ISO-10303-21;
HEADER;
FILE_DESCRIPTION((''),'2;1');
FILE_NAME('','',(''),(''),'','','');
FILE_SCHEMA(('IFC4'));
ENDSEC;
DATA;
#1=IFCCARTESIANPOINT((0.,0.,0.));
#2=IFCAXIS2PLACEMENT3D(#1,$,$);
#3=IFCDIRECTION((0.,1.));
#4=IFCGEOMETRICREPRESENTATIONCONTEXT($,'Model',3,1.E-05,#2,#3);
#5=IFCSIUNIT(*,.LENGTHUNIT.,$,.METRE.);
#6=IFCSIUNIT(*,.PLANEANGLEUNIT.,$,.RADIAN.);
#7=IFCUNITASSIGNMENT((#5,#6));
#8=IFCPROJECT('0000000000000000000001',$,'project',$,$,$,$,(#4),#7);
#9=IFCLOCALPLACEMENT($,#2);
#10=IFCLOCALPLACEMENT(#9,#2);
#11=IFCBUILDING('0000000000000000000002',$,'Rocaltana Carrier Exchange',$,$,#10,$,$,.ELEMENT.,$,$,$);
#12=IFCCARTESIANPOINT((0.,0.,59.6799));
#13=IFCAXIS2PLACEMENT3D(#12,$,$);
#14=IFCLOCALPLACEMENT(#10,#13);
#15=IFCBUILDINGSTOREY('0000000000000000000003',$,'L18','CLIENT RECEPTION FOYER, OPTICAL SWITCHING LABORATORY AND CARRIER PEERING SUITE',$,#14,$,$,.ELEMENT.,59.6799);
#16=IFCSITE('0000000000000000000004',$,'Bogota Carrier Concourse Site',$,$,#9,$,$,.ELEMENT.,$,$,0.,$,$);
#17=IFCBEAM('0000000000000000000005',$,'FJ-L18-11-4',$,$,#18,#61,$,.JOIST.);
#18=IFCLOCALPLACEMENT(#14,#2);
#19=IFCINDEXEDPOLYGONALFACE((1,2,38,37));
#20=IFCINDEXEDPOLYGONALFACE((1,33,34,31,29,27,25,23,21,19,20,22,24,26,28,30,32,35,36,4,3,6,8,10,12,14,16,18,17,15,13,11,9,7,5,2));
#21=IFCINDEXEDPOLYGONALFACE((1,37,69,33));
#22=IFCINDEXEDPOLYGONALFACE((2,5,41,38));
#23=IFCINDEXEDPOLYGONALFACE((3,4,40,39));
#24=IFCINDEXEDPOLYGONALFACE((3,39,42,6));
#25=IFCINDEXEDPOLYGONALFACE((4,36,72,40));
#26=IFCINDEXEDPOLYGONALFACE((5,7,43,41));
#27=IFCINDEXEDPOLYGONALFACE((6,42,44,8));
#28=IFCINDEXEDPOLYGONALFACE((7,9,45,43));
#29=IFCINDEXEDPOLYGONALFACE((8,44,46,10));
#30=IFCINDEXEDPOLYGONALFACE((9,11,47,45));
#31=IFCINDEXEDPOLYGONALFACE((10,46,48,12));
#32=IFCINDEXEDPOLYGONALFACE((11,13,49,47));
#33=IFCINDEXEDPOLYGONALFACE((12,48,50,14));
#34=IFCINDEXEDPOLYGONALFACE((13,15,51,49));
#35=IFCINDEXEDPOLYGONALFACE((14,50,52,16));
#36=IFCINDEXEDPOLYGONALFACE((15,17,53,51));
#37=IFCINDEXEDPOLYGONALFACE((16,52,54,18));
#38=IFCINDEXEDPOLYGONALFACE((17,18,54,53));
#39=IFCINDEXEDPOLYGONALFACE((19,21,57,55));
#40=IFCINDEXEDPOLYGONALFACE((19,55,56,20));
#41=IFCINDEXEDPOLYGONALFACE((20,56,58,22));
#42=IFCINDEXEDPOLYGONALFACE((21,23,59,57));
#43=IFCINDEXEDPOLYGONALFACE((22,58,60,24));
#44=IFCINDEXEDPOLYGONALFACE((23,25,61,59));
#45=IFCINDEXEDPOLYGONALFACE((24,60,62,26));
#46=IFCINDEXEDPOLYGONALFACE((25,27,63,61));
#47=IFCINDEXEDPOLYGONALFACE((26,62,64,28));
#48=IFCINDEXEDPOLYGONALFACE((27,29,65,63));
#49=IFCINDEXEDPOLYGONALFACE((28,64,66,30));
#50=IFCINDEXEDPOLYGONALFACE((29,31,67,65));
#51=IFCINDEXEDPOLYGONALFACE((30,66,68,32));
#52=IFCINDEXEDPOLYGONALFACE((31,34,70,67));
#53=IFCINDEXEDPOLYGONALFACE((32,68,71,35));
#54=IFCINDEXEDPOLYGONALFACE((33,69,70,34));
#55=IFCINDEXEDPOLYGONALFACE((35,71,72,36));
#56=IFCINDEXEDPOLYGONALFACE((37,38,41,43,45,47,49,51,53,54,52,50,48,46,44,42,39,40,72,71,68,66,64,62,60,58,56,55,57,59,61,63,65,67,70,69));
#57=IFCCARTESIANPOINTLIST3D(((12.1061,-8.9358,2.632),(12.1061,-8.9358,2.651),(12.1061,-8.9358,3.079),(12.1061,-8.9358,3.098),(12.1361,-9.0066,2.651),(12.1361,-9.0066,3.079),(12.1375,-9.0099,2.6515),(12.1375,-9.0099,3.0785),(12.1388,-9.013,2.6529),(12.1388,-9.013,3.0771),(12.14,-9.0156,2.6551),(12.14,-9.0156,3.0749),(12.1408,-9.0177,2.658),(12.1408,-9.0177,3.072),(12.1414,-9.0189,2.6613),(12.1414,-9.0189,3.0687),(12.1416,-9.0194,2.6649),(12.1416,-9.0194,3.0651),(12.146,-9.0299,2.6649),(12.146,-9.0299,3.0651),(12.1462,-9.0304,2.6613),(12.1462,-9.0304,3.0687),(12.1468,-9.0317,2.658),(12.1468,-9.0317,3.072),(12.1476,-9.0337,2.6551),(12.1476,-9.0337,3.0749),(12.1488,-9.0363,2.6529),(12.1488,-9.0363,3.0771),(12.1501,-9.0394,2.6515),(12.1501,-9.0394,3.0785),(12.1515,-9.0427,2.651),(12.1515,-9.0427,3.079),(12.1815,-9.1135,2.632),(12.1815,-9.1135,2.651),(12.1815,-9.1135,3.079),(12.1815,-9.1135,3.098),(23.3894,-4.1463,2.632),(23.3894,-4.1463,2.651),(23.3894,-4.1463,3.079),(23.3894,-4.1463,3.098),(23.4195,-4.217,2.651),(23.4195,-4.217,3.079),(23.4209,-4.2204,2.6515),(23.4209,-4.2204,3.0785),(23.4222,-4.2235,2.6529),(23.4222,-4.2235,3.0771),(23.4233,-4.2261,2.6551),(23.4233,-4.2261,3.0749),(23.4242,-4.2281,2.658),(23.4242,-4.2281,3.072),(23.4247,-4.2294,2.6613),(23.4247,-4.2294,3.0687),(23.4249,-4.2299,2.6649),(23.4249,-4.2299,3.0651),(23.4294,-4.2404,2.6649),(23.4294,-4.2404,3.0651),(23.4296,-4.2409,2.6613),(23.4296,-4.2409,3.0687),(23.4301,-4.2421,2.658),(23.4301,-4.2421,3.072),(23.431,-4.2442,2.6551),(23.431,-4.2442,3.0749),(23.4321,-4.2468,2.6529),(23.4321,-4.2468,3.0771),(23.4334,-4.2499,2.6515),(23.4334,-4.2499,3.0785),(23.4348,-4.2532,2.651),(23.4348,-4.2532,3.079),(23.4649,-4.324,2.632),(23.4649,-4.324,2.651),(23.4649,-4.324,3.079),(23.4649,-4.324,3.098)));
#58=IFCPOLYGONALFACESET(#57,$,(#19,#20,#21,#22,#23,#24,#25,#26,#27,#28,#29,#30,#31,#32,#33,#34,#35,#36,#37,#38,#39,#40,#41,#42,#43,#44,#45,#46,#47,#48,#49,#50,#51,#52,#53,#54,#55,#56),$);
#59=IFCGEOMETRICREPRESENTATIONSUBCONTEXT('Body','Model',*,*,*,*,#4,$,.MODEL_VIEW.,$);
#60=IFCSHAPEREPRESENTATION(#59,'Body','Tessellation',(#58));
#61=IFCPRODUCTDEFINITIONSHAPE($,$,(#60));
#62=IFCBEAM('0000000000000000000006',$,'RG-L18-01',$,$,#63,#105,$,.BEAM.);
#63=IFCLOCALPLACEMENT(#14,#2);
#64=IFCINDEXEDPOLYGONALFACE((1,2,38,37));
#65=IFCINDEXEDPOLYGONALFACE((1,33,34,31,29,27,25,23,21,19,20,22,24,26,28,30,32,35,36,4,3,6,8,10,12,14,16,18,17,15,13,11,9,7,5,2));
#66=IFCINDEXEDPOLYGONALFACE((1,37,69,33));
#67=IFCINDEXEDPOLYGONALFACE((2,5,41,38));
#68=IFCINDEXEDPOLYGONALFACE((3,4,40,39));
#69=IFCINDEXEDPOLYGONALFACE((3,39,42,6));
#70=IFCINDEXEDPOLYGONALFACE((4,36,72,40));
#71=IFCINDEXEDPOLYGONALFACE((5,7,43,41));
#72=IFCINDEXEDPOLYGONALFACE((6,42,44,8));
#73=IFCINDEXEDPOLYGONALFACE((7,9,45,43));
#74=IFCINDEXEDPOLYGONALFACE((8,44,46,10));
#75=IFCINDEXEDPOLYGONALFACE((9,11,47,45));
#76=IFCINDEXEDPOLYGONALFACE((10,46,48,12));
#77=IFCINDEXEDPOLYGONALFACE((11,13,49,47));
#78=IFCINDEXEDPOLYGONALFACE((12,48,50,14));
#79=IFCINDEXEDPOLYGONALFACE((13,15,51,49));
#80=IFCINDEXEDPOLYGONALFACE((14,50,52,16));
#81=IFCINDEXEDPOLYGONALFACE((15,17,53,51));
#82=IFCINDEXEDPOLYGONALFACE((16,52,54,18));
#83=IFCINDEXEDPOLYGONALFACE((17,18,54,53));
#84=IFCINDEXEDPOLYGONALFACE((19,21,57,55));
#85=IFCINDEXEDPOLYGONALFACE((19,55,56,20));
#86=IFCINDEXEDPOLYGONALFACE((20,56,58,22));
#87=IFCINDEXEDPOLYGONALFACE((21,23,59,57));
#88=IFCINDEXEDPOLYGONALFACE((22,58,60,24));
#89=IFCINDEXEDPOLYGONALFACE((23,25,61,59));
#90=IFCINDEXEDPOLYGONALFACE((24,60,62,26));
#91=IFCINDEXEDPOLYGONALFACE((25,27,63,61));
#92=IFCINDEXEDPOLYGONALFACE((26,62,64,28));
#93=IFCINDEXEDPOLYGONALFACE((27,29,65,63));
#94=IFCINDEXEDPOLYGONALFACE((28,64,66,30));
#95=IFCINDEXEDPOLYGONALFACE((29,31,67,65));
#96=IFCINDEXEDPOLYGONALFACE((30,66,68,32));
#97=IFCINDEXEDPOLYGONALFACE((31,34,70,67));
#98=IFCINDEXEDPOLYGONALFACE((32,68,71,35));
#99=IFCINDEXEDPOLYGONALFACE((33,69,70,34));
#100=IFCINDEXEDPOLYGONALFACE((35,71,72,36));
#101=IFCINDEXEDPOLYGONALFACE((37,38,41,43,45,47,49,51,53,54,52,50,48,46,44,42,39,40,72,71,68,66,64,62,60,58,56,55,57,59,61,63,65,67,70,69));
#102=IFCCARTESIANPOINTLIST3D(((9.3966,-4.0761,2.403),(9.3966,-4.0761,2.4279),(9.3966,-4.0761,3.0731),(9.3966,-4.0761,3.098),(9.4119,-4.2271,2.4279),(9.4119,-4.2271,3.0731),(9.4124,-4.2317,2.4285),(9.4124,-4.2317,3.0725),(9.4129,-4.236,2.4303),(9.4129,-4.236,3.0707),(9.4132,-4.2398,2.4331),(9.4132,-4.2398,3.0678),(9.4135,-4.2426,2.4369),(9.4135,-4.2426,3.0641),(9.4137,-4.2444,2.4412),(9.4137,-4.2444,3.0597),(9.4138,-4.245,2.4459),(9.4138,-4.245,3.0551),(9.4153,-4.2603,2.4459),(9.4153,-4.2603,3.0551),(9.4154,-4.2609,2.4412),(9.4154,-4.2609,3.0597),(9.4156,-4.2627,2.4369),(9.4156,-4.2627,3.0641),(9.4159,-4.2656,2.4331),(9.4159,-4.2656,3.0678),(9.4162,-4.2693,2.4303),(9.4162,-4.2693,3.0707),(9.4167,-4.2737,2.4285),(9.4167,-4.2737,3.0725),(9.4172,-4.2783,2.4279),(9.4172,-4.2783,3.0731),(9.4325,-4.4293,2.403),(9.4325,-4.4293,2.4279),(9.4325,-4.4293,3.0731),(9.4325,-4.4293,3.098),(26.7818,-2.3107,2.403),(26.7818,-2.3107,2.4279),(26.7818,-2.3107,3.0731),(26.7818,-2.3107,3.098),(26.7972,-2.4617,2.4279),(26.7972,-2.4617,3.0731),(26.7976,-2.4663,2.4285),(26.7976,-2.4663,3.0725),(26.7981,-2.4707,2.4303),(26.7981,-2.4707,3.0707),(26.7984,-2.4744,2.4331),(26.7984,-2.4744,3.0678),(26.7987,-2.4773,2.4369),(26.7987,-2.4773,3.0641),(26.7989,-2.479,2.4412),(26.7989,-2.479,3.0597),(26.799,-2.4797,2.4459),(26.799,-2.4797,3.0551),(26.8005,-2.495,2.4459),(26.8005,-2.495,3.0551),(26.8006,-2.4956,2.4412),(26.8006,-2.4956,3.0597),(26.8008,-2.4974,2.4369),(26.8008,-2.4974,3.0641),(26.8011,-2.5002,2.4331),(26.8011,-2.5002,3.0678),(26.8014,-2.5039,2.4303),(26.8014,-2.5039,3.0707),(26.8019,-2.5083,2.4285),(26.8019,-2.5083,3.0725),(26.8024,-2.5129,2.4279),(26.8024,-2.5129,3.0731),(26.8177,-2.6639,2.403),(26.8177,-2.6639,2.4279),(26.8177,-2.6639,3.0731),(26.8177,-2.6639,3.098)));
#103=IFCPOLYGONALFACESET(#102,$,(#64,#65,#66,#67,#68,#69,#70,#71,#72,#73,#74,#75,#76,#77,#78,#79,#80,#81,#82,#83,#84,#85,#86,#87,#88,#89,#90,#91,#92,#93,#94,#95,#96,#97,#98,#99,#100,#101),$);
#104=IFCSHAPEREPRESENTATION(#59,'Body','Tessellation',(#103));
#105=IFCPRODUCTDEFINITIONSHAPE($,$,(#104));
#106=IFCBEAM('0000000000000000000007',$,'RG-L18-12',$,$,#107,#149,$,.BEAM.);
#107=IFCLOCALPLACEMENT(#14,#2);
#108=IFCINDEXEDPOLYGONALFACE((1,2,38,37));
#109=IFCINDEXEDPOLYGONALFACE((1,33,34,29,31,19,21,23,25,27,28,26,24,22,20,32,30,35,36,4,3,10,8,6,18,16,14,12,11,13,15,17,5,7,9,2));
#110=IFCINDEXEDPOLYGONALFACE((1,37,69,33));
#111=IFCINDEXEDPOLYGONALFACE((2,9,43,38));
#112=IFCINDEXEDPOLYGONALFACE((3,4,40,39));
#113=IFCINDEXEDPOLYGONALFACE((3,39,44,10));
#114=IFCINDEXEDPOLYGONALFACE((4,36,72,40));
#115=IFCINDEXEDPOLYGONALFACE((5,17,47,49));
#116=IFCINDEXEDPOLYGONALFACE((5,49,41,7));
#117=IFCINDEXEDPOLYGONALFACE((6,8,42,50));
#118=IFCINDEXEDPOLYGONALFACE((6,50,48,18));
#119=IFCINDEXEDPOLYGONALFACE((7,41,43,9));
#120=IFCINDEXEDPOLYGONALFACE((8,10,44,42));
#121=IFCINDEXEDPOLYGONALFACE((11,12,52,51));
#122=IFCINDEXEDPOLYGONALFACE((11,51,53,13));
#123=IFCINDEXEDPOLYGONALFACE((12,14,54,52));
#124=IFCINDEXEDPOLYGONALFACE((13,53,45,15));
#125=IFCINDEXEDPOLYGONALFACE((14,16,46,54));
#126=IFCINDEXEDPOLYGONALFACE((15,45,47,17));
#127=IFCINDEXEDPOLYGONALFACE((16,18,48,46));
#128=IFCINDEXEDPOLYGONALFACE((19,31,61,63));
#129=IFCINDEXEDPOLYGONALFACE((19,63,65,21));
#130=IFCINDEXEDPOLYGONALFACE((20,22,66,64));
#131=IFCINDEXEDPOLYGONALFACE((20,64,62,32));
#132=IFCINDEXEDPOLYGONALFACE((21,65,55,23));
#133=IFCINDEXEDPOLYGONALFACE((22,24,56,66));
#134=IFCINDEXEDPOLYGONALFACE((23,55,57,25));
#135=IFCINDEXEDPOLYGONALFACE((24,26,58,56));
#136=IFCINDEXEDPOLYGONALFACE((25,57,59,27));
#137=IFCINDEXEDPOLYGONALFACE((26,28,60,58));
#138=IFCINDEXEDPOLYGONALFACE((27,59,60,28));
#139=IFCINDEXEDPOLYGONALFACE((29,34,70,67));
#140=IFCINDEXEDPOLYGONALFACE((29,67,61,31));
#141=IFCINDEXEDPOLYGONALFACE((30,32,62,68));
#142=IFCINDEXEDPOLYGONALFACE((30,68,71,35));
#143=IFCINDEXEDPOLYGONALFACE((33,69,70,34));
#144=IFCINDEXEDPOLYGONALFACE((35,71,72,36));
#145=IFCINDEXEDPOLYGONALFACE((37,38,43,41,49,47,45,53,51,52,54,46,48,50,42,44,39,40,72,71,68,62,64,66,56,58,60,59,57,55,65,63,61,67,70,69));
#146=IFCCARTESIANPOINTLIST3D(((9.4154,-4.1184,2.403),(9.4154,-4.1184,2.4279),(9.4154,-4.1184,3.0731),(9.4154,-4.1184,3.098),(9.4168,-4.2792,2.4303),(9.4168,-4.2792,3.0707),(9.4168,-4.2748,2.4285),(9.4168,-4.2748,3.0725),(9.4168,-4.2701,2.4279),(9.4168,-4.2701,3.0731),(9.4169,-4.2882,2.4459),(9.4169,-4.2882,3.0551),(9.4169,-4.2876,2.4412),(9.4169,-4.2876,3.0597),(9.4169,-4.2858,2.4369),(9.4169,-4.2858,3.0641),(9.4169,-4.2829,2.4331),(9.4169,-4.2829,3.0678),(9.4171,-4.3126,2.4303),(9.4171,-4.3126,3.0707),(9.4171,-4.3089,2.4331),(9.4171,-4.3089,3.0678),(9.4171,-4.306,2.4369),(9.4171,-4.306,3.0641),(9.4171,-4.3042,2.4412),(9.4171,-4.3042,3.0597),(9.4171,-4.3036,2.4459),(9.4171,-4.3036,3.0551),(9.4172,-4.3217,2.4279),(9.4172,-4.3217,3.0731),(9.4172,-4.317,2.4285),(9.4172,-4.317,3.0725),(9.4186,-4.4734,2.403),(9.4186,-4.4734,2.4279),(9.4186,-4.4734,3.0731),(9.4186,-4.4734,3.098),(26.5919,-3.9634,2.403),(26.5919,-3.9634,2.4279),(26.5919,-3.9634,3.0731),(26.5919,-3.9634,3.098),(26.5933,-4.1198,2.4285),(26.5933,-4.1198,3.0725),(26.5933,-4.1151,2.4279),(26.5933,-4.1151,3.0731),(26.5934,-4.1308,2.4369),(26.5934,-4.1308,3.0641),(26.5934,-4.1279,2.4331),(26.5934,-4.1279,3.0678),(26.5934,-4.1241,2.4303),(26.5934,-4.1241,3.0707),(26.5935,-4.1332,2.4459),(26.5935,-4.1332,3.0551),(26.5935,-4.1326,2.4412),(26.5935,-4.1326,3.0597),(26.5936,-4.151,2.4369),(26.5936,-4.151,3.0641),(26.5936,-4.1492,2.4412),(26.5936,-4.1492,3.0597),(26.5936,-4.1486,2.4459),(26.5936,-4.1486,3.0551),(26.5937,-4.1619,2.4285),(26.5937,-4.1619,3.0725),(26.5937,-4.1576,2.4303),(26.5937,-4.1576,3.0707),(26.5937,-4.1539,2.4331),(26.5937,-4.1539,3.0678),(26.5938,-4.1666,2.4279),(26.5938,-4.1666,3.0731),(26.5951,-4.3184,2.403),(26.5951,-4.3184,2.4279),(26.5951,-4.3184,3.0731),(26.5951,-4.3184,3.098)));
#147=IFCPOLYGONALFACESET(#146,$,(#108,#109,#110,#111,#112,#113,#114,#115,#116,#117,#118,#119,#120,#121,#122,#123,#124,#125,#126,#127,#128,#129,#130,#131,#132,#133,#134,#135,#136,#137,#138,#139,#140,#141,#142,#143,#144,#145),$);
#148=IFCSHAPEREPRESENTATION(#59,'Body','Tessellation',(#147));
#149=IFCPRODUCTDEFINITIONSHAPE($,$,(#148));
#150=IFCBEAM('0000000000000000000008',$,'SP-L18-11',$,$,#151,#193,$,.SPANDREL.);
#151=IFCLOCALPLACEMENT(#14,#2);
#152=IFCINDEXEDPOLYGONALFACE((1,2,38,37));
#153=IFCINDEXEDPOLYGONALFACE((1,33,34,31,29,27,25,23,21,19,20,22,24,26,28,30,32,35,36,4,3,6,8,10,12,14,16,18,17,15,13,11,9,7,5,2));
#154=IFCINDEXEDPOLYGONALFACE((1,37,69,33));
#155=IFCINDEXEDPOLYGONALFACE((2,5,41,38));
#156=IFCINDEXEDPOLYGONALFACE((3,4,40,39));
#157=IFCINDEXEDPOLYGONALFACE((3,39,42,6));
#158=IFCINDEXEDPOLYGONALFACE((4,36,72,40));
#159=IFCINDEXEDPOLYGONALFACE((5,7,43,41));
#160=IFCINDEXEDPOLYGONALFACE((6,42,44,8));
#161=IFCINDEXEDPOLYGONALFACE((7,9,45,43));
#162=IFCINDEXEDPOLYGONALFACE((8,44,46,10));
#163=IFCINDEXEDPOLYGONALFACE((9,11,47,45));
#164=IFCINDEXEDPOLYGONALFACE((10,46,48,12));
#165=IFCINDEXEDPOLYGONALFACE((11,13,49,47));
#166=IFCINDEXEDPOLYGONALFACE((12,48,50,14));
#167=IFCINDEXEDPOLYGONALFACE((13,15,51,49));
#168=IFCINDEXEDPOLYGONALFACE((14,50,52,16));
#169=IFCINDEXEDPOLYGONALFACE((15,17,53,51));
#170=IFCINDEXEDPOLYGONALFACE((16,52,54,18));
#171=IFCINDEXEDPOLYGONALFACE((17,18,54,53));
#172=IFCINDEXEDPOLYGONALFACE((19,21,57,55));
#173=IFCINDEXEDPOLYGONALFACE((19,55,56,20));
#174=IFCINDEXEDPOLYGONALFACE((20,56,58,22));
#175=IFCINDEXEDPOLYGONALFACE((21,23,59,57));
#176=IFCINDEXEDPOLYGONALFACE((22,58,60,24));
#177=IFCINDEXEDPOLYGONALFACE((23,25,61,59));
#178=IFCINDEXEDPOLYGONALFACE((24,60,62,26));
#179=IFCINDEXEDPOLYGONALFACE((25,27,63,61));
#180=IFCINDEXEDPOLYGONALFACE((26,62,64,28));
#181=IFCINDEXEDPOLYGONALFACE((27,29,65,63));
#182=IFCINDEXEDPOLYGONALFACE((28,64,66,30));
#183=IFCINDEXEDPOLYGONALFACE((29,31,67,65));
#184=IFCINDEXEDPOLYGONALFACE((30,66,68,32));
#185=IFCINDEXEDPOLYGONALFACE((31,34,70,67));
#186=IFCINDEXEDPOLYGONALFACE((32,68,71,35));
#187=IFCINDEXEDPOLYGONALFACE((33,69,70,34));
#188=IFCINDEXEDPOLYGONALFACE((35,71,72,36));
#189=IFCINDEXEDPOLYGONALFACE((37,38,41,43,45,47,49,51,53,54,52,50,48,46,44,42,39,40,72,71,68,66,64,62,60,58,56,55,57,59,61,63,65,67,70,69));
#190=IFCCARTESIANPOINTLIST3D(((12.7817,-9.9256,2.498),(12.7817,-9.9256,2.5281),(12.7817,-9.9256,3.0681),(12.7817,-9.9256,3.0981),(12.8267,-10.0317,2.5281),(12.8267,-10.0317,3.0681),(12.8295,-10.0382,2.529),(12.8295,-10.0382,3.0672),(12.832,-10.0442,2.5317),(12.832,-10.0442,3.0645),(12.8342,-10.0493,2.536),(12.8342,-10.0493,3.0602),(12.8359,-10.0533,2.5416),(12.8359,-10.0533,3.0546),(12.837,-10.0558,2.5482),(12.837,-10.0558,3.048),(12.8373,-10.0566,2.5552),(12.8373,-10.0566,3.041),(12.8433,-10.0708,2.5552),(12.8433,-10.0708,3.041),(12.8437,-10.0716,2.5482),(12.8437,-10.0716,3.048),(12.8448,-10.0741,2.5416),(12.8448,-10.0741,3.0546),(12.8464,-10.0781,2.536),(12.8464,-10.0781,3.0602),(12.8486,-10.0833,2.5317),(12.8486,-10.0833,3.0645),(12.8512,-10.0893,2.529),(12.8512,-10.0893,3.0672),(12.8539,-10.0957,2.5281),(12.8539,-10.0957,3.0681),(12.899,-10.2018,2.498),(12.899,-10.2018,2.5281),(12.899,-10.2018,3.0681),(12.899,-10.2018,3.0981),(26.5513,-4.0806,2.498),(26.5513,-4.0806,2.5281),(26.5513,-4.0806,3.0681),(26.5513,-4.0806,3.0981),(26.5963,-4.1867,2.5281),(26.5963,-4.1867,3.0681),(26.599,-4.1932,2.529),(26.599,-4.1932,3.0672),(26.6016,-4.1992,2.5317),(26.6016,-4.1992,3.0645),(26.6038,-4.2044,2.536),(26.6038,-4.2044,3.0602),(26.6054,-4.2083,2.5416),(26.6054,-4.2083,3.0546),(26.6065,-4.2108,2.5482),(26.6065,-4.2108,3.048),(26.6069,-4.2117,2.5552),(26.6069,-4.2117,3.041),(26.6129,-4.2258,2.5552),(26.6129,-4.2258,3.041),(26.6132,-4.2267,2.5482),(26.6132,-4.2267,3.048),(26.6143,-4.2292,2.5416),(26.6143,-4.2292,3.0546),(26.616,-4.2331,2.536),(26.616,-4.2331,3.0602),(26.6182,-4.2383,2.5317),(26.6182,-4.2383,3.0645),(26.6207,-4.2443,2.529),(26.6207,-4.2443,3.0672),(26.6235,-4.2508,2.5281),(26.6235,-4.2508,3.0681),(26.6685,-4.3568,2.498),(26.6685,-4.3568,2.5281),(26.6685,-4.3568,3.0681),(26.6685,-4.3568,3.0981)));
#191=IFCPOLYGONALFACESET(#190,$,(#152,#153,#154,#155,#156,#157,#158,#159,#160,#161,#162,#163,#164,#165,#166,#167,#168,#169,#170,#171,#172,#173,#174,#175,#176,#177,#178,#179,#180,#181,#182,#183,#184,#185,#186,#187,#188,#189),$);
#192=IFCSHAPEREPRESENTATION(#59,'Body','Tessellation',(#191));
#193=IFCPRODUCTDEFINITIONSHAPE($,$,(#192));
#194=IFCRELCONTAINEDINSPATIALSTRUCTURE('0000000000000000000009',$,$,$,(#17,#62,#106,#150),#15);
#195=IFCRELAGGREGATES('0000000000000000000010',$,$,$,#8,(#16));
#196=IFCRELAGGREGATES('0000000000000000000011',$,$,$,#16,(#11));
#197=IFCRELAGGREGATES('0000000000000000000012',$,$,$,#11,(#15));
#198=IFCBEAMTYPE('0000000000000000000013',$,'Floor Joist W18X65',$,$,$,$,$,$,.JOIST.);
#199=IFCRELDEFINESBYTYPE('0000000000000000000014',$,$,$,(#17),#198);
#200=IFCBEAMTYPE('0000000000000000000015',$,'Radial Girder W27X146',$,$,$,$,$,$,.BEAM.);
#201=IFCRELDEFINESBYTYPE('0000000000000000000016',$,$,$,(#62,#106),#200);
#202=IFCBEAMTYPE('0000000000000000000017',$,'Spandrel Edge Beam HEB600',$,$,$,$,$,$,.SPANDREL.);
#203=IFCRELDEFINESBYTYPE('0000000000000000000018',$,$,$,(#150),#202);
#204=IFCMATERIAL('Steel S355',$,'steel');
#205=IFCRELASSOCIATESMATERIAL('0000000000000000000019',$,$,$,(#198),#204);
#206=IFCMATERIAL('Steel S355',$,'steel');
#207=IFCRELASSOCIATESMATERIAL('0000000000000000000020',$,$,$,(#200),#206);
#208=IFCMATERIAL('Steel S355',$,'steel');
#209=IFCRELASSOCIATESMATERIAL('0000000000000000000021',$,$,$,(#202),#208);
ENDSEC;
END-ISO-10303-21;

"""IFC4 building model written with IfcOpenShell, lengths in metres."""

from ifc_helpers import new_model, si_unit, direction, frame, origin, origin_2d, place, context, subcontext, project, spatial, i_section, extrude, material, material_profile, profile_set, type_object, element, save


model = new_model("IFC4")

# Units and contexts
model_context = context("Model", 3, precision=1e-05, world=origin(), true_north=direction((0.0, 1.0)))
body_context = subcontext(model_context, "Body", "Model", "MODEL_VIEW")
ifc_project = project(units=[si_unit("LENGTHUNIT", "METRE"), si_unit("PLANEANGLEUNIT", "RADIAN")], contexts=[model_context])

# Site, building, storey
site_placement = place(None, origin())
site = spatial("IfcSite", under=ifc_project, at=site_placement, Name="Bogota Carrier Concourse Site", CompositionType="ELEMENT", RefElevation=0.0)
building_placement = place(site_placement, origin())
building = spatial("IfcBuilding", under=site, at=building_placement, Name="Rocaltana Carrier Exchange", CompositionType="ELEMENT")
storey_placement = place(building_placement, frame((0.0, 0.0, 59.6799)))
storey = spatial("IfcBuildingStorey", under=building, at=storey_placement, Name="L18", Description="CLIENT RECEPTION FOYER, OPTICAL SWITCHING LABORATORY AND CARRIER PEERING SUITE", CompositionType="ELEMENT", Elevation=59.6799)

# Beams
ifc_material_1 = material(Name="Steel S355", Category="steel")
ifc_material_profile_1 = material_profile(ifc_material_1, i_section(OverallWidth=0.1931, OverallDepth=0.4661, WebThickness=0.0115, FlangeThickness=0.019, FilletRadius=0.0139, at=origin_2d()), Name="W18X65")
ifc_profile_set_1 = profile_set([ifc_material_profile_1], Name="Steel S355")
beam_type_1 = type_object("IfcBeamType", Name="Floor Joist W18X65", PredefinedType="JOIST", material=ifc_profile_set_1)
beam_1_placement = place(storey_placement, frame((12.1438, -9.0247, 2.865), z_axis=(0.920505, 0.390732, 0.0), x_axis=(-0.390732, 0.920505, 0.0)))
element("IfcBeam", 1, at=beam_1_placement, inside=storey, type_object=beam_type_1, Name="FJ-L18-11-4", PredefinedType="JOIST", context=body_context, shape_type="SweptSolid", body=[
    extrude(i_section(OverallWidth=0.1931, OverallDepth=0.4661, WebThickness=0.0115, FlangeThickness=0.019, FilletRadius=0.0139, at=origin_2d()), origin(), (0.0, 0.0, 1.0), 12.2578),
])
ifc_material_2 = material(Name="Steel S355", Category="steel")
ifc_material_profile_2 = material_profile(ifc_material_2, i_section(OverallWidth=0.355, OverallDepth=0.6951, WebThickness=0.0154, FlangeThickness=0.0249, FilletRadius=0.0181, at=origin_2d()), Name="W27X146")
ifc_profile_set_2 = profile_set([ifc_material_profile_2], Name="Steel S355")
beam_type_2 = type_object("IfcBeamType", Name="Radial Girder W27X146", PredefinedType="BEAM", material=ifc_profile_set_2)
beam_2_placement = place(storey_placement, frame((9.4146, -4.2527, 2.7505), z_axis=(0.994884, 0.101025, 0.0), x_axis=(-0.101025, 0.994884, 0.0)))
element("IfcBeam", 2, at=beam_2_placement, inside=storey, type_object=beam_type_2, Name="RG-L18-01", PredefinedType="BEAM", context=body_context, shape_type="SweptSolid", body=[
    extrude(i_section(OverallWidth=0.355, OverallDepth=0.6951, WebThickness=0.0154, FlangeThickness=0.0249, FilletRadius=0.0181, at=origin_2d()), origin(), (0.0, 0.0, 1.0), 17.4746),
])
beam_3_placement = place(storey_placement, frame((9.417, -4.2959, 2.7505), z_axis=(0.999959, 0.009025, 0.0), x_axis=(-0.009025, 0.999959, 0.0)))
element("IfcBeam", 3, at=beam_3_placement, inside=storey, type_object=beam_type_2, Name="RG-L18-12", PredefinedType="BEAM", context=body_context, shape_type="SweptSolid", body=[
    extrude(i_section(OverallWidth=0.355, OverallDepth=0.6951, WebThickness=0.0154, FlangeThickness=0.0249, FilletRadius=0.0181, at=origin_2d()), origin(), (0.0, 0.0, 1.0), 17.1772),
])
ifc_material_3 = material(Name="Steel S355", Category="steel")
ifc_material_profile_3 = material_profile(ifc_material_3, i_section(OverallWidth=0.3, OverallDepth=0.6001, WebThickness=0.0154, FlangeThickness=0.03, FilletRadius=0.0271, at=origin_2d()), Name="HEB600")
ifc_profile_set_3 = profile_set([ifc_material_profile_3], Name="Steel S355")
beam_type_3 = type_object("IfcBeamType", Name="Spandrel Edge Beam HEB600", PredefinedType="SPANDREL", material=ifc_profile_set_3)
beam_4_placement = place(storey_placement, frame((12.8403, -10.0637, 2.7981), z_axis=(0.920501, 0.39074, 0.0), x_axis=(-0.39074, 0.920501, 0.0)))
element("IfcBeam", 4, at=beam_4_placement, inside=storey, type_object=beam_type_3, Name="SP-L18-11", PredefinedType="SPANDREL", context=body_context, shape_type="SweptSolid", body=[
    extrude(i_section(OverallWidth=0.3, OverallDepth=0.6001, WebThickness=0.0154, FlangeThickness=0.03, FilletRadius=0.0271, at=origin_2d()), origin(), (0.0, 0.0, 1.0), 14.9587),
])

save(model, "model.ifc")
